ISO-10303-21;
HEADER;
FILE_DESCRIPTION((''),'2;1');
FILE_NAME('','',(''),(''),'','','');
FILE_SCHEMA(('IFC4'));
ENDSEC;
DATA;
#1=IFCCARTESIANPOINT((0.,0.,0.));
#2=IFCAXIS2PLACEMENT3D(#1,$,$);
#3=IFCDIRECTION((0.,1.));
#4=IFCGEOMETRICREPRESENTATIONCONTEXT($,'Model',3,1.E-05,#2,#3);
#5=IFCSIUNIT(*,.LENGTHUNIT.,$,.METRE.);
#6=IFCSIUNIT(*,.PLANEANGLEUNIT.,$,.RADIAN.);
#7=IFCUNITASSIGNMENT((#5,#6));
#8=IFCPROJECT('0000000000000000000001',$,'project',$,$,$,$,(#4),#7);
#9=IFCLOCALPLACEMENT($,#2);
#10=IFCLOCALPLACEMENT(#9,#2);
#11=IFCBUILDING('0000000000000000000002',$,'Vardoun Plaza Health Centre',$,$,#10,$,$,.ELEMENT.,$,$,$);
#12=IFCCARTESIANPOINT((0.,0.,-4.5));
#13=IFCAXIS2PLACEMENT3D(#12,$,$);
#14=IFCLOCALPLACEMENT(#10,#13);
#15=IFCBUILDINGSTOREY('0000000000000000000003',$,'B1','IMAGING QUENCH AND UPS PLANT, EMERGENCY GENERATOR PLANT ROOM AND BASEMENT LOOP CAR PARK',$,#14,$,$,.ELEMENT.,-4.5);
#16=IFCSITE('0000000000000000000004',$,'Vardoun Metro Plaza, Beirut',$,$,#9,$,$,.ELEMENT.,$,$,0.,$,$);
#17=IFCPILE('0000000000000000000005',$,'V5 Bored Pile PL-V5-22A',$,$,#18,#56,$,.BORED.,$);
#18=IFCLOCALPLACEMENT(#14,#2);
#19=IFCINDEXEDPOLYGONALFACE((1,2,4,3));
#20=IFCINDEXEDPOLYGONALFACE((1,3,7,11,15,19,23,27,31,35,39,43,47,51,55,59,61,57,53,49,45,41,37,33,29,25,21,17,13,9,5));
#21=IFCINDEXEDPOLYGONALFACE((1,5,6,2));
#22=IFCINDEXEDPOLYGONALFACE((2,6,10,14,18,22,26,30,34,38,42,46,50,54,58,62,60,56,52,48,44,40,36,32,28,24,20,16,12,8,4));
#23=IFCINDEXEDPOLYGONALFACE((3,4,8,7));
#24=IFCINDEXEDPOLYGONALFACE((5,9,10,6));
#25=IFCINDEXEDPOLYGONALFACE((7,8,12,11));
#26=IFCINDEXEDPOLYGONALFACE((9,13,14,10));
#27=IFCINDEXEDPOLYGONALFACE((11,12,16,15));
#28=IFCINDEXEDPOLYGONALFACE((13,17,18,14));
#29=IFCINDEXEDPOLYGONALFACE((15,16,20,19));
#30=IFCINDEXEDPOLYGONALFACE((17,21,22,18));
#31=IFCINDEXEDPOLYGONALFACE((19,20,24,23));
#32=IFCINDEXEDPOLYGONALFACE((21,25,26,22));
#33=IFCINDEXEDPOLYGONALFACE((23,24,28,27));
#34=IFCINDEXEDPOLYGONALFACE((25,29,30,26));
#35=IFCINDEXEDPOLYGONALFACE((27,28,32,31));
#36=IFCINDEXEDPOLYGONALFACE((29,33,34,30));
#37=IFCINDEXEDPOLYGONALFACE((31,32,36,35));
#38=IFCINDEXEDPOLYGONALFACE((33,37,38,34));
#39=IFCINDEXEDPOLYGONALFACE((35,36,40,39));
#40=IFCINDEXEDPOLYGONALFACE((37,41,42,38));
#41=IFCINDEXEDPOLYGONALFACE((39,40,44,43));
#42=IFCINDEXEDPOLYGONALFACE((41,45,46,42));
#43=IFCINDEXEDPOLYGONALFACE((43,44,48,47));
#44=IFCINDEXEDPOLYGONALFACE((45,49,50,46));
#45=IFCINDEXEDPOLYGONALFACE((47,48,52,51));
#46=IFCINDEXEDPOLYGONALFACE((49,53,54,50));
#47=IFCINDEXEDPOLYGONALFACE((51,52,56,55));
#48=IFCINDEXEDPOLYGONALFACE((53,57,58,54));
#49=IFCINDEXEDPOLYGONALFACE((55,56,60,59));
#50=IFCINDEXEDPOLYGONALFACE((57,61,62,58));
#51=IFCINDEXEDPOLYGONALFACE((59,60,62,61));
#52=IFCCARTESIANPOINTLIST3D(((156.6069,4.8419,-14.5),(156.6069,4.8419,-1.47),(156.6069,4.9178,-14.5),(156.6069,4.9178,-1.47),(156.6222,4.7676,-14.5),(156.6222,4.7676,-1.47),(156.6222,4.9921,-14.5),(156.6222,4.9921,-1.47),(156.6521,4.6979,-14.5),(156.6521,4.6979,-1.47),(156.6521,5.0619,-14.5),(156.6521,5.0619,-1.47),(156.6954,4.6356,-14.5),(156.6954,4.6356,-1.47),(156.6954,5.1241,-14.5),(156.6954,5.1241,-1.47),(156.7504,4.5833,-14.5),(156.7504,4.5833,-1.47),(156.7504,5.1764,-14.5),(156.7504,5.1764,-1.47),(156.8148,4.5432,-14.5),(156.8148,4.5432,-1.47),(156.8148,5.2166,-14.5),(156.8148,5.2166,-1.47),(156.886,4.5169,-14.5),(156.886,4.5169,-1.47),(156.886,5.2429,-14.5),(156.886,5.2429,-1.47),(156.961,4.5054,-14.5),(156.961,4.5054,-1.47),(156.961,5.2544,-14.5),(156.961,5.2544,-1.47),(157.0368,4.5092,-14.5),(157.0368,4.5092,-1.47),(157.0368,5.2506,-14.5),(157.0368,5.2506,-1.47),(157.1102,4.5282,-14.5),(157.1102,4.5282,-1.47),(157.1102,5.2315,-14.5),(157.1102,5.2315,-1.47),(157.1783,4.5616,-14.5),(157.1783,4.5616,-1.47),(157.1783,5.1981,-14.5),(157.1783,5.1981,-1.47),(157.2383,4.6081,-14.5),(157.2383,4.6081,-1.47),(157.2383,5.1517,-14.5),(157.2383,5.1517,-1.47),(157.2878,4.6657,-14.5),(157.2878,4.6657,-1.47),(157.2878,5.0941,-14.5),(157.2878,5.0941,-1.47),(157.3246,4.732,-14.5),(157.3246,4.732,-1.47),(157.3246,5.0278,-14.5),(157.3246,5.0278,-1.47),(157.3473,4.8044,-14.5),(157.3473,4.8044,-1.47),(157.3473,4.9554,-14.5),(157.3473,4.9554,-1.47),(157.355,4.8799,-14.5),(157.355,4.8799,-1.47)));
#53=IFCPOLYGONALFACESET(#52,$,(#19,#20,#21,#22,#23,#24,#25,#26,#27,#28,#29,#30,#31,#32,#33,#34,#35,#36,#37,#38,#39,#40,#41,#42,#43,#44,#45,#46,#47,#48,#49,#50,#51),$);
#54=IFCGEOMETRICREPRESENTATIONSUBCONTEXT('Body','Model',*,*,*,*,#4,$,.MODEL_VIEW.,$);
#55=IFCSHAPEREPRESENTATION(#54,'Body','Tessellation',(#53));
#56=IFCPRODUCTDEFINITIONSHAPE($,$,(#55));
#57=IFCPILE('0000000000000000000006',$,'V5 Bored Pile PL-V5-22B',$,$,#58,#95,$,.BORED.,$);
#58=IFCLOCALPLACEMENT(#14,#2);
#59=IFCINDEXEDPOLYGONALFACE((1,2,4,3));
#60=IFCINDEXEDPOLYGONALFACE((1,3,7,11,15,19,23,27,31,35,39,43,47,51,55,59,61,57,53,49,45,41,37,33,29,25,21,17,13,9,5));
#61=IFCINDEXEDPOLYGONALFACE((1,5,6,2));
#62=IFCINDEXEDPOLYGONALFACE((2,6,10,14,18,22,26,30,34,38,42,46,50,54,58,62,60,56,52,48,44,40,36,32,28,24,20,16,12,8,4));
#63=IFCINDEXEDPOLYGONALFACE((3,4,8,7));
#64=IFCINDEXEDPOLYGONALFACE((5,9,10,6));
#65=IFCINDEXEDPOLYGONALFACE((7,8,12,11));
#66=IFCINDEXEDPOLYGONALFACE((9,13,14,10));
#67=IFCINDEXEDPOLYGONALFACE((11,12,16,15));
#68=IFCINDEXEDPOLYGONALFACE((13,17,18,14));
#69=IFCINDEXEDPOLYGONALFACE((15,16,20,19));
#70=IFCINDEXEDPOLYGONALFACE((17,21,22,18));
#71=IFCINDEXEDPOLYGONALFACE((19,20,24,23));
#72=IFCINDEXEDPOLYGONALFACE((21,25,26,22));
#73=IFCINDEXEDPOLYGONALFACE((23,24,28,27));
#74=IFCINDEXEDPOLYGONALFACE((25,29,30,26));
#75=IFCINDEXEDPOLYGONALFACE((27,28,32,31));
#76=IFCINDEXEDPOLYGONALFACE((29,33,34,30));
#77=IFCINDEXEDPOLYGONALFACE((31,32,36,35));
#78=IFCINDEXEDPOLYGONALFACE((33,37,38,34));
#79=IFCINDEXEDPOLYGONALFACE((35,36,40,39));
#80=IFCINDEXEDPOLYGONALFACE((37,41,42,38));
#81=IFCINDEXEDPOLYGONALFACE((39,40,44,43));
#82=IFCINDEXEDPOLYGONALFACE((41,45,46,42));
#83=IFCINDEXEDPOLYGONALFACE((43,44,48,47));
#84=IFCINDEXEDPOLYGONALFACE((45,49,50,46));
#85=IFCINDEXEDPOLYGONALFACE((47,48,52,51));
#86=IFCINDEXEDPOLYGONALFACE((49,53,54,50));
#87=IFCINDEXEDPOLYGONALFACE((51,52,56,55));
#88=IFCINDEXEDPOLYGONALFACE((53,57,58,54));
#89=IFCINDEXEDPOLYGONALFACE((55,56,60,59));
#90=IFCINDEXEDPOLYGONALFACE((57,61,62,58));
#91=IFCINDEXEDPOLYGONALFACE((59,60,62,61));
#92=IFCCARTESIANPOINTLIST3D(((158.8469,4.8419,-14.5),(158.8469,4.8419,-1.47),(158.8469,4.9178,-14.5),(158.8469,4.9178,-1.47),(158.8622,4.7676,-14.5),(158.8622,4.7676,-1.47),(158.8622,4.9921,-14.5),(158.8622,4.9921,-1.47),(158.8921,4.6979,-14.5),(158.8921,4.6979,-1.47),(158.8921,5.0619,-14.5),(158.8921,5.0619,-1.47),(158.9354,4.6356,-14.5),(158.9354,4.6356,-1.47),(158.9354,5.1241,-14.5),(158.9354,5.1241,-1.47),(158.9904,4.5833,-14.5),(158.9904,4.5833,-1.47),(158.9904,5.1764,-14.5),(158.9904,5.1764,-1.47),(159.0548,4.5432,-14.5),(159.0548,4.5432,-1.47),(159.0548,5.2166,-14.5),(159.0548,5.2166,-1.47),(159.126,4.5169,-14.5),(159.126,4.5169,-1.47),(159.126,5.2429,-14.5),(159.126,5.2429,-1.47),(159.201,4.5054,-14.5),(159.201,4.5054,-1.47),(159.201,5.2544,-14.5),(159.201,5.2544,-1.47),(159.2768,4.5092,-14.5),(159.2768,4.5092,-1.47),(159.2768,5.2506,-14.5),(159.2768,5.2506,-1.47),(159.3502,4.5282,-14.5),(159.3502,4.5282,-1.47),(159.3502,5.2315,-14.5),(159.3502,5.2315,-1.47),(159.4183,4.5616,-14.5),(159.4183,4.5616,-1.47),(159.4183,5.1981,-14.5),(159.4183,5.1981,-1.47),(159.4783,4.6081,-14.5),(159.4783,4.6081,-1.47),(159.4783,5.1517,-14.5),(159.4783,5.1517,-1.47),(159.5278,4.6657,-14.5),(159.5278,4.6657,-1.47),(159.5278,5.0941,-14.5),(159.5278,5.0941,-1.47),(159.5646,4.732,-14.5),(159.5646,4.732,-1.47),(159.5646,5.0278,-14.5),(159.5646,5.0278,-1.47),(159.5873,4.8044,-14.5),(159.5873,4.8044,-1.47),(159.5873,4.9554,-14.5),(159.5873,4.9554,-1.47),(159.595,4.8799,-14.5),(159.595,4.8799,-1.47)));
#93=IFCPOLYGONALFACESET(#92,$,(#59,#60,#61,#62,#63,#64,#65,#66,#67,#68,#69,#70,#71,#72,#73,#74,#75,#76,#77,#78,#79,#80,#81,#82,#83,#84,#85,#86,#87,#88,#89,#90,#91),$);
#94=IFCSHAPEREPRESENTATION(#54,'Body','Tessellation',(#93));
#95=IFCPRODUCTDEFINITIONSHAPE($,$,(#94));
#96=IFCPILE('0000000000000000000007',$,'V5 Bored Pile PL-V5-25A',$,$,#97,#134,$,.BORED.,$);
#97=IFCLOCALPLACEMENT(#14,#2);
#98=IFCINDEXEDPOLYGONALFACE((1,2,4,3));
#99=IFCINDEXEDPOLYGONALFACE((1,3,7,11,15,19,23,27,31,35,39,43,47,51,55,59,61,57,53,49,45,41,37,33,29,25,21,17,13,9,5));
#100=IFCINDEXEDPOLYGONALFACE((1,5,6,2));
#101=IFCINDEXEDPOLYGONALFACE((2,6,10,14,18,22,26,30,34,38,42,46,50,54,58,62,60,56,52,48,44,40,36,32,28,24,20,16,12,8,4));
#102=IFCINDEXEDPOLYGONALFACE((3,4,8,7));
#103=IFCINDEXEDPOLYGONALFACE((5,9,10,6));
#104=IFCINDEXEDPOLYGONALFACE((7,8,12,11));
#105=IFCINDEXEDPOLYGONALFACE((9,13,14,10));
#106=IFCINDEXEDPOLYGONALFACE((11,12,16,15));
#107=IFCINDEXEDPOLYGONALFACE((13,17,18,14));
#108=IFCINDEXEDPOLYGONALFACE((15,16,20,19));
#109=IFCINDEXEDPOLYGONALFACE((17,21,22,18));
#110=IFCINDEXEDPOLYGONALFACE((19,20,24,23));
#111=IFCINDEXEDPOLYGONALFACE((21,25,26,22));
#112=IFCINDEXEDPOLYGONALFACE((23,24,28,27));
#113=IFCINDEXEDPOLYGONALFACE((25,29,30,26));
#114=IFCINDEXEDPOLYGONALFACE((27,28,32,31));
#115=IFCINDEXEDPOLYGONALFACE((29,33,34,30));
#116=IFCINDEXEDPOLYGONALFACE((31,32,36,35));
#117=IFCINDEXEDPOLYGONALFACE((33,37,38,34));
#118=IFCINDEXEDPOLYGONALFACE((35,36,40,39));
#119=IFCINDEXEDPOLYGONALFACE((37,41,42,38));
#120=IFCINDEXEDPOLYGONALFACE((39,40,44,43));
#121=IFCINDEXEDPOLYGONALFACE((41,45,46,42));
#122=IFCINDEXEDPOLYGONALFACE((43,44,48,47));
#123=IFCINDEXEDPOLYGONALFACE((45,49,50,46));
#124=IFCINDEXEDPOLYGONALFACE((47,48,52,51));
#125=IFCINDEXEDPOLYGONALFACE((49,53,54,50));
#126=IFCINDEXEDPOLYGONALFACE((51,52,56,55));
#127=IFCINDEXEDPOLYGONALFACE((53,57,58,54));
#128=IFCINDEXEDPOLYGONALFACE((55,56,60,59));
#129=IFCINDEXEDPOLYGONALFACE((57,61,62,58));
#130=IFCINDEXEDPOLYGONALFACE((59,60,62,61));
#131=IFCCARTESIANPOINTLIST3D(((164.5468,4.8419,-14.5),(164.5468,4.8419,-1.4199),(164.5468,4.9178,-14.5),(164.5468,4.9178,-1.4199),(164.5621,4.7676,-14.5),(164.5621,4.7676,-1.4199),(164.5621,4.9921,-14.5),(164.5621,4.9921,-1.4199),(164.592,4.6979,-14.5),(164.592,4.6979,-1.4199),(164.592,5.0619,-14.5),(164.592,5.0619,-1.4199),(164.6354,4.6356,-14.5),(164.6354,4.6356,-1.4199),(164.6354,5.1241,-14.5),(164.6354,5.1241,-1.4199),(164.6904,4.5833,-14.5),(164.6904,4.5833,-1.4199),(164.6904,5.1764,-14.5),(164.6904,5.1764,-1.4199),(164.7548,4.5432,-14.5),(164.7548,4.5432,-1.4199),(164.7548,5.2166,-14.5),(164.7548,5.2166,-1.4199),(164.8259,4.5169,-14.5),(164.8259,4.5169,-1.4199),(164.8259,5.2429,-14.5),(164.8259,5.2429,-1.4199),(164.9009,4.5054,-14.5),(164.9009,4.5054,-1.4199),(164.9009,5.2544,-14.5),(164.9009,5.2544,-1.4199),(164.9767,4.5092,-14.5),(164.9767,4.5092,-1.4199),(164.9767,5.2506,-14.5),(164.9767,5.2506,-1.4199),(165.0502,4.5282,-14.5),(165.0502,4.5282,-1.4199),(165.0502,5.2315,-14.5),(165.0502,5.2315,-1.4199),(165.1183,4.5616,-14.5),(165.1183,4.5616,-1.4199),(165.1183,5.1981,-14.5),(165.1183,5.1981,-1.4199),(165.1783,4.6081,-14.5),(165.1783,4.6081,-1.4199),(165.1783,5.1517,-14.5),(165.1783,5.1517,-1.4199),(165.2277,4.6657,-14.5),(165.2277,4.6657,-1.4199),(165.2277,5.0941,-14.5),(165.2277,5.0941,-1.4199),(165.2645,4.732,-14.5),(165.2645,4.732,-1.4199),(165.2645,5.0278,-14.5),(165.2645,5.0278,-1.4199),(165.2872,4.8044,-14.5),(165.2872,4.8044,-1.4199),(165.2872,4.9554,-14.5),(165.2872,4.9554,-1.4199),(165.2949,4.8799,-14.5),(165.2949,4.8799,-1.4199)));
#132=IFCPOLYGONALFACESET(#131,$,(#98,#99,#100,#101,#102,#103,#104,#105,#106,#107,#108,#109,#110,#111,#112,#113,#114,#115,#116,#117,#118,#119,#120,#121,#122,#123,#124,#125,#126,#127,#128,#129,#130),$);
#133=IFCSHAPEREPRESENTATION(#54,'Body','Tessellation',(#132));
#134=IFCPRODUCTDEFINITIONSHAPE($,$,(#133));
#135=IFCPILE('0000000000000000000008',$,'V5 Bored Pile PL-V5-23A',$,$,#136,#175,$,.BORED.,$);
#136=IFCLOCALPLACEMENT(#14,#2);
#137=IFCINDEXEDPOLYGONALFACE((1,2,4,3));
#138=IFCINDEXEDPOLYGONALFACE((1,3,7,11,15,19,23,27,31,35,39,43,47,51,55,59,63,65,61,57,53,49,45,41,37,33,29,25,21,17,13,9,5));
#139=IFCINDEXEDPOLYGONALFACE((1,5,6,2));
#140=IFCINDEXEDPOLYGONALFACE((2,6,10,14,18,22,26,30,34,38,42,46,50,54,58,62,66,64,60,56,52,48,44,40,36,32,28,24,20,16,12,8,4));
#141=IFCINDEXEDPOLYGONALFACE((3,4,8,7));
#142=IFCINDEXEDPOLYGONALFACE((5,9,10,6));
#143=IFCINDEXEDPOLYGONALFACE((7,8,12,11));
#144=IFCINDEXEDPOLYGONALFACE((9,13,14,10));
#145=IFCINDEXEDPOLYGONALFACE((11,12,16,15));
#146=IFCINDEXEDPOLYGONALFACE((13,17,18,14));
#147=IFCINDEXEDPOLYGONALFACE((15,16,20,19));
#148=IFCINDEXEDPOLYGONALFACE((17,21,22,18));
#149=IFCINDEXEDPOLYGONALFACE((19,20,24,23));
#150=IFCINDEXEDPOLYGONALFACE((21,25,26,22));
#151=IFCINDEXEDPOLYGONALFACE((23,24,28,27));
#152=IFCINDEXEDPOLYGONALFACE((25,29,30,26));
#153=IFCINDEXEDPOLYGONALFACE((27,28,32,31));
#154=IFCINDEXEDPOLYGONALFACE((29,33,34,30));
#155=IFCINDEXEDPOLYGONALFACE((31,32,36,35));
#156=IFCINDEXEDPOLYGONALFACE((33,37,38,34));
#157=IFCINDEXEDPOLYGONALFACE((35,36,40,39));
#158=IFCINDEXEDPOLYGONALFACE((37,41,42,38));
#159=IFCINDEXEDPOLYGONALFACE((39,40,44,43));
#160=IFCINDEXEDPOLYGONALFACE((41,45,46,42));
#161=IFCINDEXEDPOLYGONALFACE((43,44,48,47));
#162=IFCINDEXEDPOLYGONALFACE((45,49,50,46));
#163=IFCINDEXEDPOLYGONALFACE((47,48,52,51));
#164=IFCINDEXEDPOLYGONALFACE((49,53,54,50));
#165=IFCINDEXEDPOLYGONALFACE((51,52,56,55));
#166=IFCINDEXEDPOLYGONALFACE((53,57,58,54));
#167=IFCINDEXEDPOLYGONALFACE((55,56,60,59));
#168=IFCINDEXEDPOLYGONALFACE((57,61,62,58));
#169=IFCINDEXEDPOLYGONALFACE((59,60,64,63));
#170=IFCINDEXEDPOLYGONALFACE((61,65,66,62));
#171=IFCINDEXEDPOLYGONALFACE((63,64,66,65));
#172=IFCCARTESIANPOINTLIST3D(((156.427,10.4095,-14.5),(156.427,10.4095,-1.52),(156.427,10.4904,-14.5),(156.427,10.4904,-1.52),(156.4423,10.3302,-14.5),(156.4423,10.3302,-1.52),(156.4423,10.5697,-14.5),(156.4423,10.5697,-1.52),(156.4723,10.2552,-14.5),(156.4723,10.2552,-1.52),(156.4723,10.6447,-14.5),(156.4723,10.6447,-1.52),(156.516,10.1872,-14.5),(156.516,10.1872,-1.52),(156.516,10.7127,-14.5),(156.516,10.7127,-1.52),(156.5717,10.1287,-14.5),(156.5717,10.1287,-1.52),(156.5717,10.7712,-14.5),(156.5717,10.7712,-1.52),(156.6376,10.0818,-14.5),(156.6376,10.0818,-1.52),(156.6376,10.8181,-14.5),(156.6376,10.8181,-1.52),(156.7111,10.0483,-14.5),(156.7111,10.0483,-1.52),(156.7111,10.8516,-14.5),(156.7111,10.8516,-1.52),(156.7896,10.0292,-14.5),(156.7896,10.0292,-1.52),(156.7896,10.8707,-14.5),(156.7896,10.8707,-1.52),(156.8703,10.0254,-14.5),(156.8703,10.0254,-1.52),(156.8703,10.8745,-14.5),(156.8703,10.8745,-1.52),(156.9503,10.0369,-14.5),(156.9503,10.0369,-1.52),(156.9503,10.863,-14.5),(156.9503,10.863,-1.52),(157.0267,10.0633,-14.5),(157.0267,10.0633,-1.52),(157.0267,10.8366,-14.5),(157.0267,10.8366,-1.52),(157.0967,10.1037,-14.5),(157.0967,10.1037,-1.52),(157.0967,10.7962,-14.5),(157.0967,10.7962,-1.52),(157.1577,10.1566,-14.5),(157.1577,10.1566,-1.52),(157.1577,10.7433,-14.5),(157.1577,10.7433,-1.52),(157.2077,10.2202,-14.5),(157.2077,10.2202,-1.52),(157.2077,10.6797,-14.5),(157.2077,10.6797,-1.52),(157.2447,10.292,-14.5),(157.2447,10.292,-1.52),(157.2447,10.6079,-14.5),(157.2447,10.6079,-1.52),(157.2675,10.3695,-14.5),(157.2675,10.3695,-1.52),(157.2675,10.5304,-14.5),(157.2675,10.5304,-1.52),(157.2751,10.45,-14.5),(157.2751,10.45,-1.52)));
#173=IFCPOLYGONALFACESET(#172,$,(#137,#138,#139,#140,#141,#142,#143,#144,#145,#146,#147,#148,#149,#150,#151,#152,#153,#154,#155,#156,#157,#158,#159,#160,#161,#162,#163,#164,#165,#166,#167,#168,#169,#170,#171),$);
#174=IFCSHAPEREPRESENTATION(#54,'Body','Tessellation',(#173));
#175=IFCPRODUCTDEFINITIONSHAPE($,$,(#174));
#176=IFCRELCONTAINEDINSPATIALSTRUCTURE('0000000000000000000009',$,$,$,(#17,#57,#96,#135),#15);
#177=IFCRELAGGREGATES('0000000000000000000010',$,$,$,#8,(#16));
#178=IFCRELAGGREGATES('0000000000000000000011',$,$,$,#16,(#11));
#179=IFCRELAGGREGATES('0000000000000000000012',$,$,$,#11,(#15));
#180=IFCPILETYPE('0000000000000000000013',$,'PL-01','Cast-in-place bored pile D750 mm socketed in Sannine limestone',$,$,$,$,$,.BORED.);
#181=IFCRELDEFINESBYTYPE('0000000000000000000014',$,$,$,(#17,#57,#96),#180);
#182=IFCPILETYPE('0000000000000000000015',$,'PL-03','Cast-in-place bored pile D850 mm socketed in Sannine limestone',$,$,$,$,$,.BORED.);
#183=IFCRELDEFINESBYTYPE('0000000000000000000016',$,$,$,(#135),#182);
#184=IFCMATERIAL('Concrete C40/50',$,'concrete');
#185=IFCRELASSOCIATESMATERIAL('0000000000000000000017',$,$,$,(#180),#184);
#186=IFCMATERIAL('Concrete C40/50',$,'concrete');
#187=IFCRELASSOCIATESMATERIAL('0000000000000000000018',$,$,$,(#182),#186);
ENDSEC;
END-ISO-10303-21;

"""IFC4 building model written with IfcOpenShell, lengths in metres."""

from ifc_helpers import new_model, si_unit, direction, frame, origin, origin_2d, place, context, subcontext, project, spatial, circle, extrude, material, material_profile, profile_set, type_object, element, save


model = new_model("IFC4")

# Units and contexts
model_context = context("Model", 3, precision=1e-05, world=origin(), true_north=direction((0.0, 1.0)))
body_context = subcontext(model_context, "Body", "Model", "MODEL_VIEW")
ifc_project = project(units=[si_unit("LENGTHUNIT", "METRE"), si_unit("PLANEANGLEUNIT", "RADIAN")], contexts=[model_context])

# Site, building, storey
site_placement = place(None, origin())
site = spatial("IfcSite", under=ifc_project, at=site_placement, Name="Vardoun Metro Plaza, Beirut", CompositionType="ELEMENT", RefElevation=0.0)
building_placement = place(site_placement, origin())
building = spatial("IfcBuilding", under=site, at=building_placement, Name="Vardoun Plaza Health Centre", CompositionType="ELEMENT")
storey_placement = place(building_placement, frame((0.0, 0.0, -4.5)))
storey = spatial("IfcBuildingStorey", under=building, at=storey_placement, Name="B1", Description="IMAGING QUENCH AND UPS PLANT, EMERGENCY GENERATOR PLANT ROOM AND BASEMENT LOOP CAR PARK", CompositionType="ELEMENT", Elevation=-4.5)

# Piles
ifc_material_1 = material(Name="Concrete C40/50", Category="concrete")
ifc_material_profile_1 = material_profile(ifc_material_1, circle(Radius=0.375, at=origin_2d()), Name="PILE D750")
ifc_profile_set_1 = profile_set([ifc_material_profile_1], Name="Concrete C40/50")
pile_type_1 = type_object("IfcPileType", Name="PL-01", Description="Cast-in-place bored pile D750 mm socketed in Sannine limestone", PredefinedType="BORED", material=ifc_profile_set_1)
for number, where, z_axis, x_axis, name in (
    (1, (156.98, 4.8799, -1.47), (0.0, 0.0, -1.0), (1.0, 0.0, 0.0), "V5 Bored Pile PL-V5-22A"),
    (2, (159.22, 4.8799, -1.47), (0.0, 0.0, -1.0), (1.0, 0.0, 0.0), "V5 Bored Pile PL-V5-22B"),
):
    element("IfcPile", number, at=place(storey_placement, frame(where, z_axis=z_axis, x_axis=x_axis)), inside=storey, type_object=pile_type_1, Name=name, PredefinedType="BORED", context=body_context, shape_type="SweptSolid", body=[
        extrude(circle(Radius=0.375, at=origin_2d()), origin(), (0.0, 0.0, 1.0), 13.03),
    ])
pile_1_placement = place(storey_placement, frame((164.9199, 4.8799, -1.4199), z_axis=(0.0, 0.0, -1.0), x_axis=(1.0, 0.0, 0.0)))
element("IfcPile", 3, at=pile_1_placement, inside=storey, type_object=pile_type_1, Name="V5 Bored Pile PL-V5-25A", PredefinedType="BORED", context=body_context, shape_type="SweptSolid", body=[
    extrude(circle(Radius=0.375, at=origin_2d()), origin(), (0.0, 0.0, 1.0), 13.0801),
])
ifc_material_2 = material(Name="Concrete C40/50", Category="concrete")
ifc_material_profile_2 = material_profile(ifc_material_2, circle(Radius=0.425, at=origin_2d()), Name="PILE D850")
ifc_profile_set_2 = profile_set([ifc_material_profile_2], Name="Concrete C40/50")
pile_type_2 = type_object("IfcPileType", Name="PL-03", Description="Cast-in-place bored pile D850 mm socketed in Sannine limestone", PredefinedType="BORED", material=ifc_profile_set_2)
for number, where, z_axis, x_axis, name in (
    (4, (156.8501, 10.45, -1.52), (0.0, 0.0, -1.0), (1.0, 0.0, 0.0), "V5 Bored Pile PL-V5-23A"),
):
    element("IfcPile", number, at=place(storey_placement, frame(where, z_axis=z_axis, x_axis=x_axis)), inside=storey, type_object=pile_type_2, Name=name, PredefinedType="BORED", context=body_context, shape_type="SweptSolid", body=[
        extrude(circle(Radius=0.425, at=origin_2d()), origin(), (0.0, 0.0, 1.0), 12.98),
    ])

save(model, "model.ifc")
